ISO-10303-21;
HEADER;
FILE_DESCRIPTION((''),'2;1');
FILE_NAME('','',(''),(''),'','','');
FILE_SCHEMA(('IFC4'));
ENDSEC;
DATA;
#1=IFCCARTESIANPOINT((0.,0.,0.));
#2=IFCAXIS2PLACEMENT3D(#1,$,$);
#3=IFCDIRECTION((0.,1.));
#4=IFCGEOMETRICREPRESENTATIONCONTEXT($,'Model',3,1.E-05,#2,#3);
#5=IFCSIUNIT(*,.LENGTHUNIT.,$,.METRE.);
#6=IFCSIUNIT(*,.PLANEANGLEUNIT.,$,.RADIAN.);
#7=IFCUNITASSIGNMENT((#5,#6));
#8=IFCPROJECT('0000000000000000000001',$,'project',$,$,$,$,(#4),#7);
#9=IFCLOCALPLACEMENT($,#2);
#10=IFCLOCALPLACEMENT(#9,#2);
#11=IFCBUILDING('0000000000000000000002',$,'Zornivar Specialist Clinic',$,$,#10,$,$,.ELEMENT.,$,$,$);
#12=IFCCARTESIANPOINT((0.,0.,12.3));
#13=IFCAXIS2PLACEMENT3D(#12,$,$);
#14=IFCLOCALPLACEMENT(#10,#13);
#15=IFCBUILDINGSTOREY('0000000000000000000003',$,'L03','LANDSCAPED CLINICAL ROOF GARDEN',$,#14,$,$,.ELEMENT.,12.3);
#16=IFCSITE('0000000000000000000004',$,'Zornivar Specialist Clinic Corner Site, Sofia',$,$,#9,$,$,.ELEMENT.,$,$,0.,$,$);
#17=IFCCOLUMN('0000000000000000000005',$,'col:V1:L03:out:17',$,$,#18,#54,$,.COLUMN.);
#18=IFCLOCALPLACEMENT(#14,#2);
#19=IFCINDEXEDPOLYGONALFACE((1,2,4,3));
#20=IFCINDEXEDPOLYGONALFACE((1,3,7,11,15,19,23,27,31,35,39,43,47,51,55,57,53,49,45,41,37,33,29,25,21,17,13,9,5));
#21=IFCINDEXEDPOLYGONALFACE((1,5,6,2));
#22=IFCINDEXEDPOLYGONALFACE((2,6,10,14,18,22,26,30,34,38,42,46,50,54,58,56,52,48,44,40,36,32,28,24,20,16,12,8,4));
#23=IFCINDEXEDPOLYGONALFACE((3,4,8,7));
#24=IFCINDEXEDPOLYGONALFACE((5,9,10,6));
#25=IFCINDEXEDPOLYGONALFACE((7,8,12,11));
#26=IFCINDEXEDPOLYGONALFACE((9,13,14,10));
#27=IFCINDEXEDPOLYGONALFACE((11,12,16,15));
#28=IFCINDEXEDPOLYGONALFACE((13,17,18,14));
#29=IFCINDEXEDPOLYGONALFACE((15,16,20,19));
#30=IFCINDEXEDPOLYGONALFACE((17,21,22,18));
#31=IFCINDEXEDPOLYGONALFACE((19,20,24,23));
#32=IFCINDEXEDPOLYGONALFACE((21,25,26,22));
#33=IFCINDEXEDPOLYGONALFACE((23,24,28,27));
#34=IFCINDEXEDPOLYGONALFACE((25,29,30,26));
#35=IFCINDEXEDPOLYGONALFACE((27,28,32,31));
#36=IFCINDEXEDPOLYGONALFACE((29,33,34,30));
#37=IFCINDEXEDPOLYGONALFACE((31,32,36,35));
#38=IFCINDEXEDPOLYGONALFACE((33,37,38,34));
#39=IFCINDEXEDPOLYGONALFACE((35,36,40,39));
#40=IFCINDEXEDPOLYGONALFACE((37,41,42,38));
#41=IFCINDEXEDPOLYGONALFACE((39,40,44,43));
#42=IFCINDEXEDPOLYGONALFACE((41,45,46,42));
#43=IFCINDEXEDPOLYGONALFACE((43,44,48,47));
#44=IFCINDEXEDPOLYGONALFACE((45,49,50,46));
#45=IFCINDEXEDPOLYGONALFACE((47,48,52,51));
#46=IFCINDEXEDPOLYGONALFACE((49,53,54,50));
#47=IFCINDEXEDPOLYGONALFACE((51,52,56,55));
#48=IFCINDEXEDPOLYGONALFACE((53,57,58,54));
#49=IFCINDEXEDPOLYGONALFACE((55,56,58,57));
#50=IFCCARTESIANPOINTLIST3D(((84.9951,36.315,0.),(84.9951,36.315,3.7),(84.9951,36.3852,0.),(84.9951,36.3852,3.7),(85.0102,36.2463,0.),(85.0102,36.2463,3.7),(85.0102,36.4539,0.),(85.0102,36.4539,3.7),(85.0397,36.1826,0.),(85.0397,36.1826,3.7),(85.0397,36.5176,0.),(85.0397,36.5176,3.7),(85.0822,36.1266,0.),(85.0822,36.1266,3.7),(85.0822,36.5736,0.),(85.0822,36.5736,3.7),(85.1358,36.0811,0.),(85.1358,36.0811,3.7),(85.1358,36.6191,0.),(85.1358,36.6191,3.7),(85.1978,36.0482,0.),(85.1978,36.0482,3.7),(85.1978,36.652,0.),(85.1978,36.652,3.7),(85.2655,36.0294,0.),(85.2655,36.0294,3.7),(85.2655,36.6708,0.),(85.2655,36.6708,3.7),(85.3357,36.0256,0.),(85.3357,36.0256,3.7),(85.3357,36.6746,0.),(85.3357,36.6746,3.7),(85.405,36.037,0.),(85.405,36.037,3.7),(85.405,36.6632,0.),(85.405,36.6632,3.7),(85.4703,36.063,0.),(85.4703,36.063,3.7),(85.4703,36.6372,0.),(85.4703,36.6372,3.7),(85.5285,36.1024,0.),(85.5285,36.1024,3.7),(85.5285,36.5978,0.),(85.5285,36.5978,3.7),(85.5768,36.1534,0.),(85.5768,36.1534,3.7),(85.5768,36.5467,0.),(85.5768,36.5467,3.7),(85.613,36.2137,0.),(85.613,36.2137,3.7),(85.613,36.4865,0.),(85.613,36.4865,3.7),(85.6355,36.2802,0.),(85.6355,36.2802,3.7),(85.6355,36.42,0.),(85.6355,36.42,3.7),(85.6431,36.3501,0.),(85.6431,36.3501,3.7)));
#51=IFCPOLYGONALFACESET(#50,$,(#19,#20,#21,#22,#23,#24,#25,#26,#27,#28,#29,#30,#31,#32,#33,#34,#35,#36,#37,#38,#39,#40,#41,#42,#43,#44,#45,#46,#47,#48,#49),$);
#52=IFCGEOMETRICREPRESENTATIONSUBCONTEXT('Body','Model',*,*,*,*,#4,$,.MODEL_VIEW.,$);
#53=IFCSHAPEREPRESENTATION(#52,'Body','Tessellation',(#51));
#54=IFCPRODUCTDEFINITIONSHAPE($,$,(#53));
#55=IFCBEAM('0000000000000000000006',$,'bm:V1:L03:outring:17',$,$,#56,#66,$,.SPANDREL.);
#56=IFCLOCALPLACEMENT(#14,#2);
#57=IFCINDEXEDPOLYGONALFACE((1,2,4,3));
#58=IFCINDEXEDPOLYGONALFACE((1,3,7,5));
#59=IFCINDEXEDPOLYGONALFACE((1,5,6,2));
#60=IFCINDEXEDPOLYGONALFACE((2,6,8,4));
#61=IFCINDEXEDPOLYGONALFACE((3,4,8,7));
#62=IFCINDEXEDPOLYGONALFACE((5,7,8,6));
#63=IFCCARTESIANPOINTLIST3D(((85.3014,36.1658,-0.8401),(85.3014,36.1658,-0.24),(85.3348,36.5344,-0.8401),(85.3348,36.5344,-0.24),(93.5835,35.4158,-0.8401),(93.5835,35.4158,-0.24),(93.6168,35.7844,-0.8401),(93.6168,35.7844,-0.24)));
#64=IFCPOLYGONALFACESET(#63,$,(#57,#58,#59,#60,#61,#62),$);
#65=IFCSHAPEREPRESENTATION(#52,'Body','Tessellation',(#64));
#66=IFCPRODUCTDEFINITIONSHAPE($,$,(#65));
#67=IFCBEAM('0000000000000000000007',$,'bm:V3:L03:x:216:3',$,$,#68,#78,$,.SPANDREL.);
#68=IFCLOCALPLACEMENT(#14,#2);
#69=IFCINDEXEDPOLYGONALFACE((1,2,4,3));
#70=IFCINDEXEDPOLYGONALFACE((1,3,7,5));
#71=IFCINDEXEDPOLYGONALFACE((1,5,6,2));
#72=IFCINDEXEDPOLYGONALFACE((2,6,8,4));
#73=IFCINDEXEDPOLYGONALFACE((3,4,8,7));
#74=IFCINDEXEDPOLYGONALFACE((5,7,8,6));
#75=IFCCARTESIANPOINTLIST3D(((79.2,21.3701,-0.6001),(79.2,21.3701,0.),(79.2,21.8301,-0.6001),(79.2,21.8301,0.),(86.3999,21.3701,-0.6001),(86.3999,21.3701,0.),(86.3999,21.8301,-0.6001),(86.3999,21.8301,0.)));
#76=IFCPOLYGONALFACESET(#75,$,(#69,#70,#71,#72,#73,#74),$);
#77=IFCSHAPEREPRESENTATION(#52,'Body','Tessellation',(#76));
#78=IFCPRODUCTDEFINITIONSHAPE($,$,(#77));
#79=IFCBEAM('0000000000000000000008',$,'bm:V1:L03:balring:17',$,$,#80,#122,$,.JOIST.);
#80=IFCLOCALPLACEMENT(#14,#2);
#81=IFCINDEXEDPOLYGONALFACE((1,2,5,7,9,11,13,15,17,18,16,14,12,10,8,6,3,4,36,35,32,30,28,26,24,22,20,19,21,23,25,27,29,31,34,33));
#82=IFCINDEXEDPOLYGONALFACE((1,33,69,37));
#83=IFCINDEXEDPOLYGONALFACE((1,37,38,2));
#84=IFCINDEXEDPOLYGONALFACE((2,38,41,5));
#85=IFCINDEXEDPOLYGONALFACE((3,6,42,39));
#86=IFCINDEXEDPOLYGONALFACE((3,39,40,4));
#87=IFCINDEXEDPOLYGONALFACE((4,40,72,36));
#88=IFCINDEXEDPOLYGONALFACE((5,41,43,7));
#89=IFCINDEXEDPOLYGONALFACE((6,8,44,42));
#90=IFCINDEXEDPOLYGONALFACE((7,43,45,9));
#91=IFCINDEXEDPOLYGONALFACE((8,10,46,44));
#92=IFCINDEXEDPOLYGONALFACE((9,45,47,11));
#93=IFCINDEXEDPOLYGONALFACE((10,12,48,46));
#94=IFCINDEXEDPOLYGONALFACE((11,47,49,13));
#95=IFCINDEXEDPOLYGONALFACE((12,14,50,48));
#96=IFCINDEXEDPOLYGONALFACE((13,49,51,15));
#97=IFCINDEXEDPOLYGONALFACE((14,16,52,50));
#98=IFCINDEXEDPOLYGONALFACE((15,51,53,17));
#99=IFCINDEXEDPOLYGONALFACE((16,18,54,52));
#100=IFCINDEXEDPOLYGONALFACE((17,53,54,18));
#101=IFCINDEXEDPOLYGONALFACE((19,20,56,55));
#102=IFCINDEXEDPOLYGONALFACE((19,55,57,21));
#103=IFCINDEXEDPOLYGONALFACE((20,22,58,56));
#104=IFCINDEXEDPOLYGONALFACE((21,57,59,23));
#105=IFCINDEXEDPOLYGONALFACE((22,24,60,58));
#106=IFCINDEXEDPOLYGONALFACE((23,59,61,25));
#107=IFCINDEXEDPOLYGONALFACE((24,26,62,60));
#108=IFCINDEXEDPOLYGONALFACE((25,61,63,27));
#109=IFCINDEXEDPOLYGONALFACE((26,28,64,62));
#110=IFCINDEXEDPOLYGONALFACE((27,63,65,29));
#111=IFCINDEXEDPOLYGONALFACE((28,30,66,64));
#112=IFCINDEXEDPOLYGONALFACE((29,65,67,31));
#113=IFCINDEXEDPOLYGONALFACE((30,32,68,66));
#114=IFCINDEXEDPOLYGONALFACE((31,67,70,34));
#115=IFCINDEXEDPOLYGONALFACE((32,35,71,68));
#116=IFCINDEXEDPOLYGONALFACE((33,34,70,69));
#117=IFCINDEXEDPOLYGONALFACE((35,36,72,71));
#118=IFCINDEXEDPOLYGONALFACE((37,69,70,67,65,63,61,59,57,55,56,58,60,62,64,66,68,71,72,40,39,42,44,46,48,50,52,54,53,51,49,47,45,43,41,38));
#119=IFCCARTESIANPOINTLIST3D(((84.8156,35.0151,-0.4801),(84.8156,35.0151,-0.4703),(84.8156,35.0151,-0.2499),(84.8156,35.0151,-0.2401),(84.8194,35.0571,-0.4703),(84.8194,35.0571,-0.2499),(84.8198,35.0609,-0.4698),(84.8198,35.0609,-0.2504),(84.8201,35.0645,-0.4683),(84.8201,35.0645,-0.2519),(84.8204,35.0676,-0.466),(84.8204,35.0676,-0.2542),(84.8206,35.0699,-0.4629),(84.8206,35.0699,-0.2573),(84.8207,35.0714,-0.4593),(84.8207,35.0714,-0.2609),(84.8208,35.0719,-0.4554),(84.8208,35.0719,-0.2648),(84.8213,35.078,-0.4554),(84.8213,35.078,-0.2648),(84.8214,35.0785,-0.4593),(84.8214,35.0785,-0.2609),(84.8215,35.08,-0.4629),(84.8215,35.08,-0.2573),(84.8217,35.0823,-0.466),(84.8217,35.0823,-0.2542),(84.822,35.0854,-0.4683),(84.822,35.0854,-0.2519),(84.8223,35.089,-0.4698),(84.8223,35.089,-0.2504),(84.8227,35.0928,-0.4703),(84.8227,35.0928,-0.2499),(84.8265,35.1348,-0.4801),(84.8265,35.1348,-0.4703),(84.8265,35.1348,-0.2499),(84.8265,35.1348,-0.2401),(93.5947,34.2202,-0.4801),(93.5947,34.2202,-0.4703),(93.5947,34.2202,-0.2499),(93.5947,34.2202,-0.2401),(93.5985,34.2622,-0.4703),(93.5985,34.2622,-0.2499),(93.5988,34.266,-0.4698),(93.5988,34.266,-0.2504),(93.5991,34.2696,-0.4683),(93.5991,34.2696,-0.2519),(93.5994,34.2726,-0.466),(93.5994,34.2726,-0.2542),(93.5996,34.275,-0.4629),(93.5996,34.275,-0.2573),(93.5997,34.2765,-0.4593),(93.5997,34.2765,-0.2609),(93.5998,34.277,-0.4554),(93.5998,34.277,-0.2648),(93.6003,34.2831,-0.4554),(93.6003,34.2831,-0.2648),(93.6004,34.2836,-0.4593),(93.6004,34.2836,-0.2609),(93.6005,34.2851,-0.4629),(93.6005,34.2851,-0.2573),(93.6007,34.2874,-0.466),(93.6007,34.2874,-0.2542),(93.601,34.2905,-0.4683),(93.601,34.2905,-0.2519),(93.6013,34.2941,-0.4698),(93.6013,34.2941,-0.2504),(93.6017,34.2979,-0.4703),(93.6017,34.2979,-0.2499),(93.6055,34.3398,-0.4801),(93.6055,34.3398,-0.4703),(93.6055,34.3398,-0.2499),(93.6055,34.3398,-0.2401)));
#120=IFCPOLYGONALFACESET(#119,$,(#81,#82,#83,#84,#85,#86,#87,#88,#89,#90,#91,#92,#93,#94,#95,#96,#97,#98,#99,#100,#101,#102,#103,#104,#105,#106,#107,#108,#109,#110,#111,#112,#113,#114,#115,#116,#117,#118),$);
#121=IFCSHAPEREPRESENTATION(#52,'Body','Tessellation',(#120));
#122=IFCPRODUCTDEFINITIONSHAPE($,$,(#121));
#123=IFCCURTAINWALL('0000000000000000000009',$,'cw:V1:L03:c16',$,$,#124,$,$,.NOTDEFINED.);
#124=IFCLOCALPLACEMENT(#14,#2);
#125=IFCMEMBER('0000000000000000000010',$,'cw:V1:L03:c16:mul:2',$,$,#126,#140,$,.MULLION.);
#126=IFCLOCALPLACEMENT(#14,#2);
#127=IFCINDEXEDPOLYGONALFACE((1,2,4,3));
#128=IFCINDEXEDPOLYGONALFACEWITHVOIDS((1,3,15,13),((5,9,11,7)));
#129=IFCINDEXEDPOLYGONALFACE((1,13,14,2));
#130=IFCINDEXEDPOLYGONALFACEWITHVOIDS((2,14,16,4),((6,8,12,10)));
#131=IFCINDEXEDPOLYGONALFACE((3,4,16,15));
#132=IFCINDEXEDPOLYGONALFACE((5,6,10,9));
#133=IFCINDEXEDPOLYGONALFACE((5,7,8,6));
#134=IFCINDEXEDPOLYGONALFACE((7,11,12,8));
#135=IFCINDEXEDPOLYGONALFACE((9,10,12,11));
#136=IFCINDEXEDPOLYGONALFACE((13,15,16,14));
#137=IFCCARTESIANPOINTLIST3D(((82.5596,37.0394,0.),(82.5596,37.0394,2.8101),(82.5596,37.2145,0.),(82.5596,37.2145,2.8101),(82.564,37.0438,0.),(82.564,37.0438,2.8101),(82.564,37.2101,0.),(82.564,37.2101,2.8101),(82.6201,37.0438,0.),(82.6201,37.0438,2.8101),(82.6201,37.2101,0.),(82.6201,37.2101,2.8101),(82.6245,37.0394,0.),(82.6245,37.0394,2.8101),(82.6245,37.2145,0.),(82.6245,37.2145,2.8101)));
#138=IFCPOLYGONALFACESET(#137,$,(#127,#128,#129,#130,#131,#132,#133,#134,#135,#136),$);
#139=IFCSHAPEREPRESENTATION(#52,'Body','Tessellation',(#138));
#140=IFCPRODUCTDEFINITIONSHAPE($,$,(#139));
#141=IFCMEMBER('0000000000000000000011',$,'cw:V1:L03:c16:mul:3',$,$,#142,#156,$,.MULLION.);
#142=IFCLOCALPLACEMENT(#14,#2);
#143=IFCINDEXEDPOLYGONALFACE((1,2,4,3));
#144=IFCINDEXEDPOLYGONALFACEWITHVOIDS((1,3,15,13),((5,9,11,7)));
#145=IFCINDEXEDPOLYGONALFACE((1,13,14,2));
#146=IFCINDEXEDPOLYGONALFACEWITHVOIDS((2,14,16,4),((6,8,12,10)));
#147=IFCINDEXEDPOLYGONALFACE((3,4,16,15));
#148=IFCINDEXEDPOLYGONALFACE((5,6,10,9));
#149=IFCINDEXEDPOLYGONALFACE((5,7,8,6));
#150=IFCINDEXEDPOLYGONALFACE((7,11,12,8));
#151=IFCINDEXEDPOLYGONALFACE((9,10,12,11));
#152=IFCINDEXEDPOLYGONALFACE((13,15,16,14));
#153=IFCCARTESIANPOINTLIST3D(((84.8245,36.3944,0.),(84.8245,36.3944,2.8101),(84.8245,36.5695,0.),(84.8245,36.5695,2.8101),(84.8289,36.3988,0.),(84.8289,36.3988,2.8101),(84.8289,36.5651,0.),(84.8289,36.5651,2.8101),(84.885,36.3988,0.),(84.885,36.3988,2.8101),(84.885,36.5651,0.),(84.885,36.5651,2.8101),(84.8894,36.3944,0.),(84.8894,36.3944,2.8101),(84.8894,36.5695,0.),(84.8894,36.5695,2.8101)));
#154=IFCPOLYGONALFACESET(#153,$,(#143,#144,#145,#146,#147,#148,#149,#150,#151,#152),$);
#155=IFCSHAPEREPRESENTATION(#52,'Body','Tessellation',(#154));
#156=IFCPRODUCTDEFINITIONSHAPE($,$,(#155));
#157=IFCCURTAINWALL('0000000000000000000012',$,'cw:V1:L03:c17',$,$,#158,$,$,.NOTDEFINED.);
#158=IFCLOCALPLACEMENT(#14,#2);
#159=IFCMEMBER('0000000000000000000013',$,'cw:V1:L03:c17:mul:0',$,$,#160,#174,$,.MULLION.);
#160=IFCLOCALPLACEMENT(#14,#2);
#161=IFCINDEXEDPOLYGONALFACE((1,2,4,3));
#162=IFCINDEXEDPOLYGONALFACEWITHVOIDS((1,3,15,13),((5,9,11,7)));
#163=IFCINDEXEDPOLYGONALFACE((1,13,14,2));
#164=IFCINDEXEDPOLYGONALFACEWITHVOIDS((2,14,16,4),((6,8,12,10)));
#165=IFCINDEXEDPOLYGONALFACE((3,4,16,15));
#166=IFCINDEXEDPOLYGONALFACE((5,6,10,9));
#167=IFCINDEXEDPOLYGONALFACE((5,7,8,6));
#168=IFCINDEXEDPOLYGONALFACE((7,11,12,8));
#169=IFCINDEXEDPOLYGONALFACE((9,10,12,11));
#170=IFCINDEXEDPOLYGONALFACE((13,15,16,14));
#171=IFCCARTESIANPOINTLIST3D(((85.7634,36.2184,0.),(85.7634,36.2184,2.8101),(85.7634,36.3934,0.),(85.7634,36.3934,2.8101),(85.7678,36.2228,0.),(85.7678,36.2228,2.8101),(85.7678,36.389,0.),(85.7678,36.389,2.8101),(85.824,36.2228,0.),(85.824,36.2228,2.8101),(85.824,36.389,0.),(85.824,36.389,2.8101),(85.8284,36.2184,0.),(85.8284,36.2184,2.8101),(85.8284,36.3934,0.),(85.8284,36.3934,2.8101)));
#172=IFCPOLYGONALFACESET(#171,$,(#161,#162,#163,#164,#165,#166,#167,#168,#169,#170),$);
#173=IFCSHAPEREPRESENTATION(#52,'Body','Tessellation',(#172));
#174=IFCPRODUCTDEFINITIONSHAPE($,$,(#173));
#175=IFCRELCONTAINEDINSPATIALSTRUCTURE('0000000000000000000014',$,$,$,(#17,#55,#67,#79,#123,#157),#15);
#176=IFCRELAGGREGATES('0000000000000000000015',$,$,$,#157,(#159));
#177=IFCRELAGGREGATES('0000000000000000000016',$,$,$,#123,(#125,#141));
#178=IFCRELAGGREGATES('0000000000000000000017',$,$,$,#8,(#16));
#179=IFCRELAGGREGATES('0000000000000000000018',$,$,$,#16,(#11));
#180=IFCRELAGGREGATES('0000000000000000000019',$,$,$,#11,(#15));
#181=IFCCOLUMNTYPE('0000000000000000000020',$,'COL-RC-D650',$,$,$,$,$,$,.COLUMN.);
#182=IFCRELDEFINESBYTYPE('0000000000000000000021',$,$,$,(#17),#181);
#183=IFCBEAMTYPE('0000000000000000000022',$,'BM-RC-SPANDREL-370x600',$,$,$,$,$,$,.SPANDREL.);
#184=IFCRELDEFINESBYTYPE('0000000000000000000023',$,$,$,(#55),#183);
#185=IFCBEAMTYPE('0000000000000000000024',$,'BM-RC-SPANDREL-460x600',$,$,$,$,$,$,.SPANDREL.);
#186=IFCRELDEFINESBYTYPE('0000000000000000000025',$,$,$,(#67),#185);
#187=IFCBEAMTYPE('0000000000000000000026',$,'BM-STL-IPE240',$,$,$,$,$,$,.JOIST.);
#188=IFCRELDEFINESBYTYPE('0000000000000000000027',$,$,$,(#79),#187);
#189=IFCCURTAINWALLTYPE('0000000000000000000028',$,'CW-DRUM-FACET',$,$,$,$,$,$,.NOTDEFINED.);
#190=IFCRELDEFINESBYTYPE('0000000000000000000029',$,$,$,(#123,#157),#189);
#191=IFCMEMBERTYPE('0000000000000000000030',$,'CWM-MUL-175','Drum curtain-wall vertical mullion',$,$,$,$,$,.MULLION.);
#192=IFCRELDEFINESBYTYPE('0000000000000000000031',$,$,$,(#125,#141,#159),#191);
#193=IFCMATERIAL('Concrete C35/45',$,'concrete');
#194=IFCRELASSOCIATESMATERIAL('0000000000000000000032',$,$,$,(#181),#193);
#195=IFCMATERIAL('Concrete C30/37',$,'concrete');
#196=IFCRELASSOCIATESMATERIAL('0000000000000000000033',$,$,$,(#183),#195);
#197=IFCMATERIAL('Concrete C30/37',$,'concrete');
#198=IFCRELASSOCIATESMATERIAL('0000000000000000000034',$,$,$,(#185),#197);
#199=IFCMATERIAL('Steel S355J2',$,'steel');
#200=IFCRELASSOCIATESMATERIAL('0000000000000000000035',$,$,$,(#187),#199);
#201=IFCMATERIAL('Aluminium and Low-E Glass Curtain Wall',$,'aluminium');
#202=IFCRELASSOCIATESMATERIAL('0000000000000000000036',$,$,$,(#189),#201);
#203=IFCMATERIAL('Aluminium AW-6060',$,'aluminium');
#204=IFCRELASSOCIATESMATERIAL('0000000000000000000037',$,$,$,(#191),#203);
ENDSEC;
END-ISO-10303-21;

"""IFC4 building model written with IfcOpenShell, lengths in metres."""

from ifc_helpers import new_model, si_unit, direction, frame, origin, origin_2d, place, context, subcontext, project, spatial, rectangle, hollow_rectangle, circle, i_section, extrude, material, material_profile, profile_set, type_object, element, aggregate, save


model = new_model("IFC4")

# Units and contexts
model_context = context("Model", 3, precision=1e-05, world=origin(), true_north=direction((0.0, 1.0)))
body_context = subcontext(model_context, "Body", "Model", "MODEL_VIEW")
ifc_project = project(units=[si_unit("LENGTHUNIT", "METRE"), si_unit("PLANEANGLEUNIT", "RADIAN")], contexts=[model_context])

# Site, building, storey
site_placement = place(None, origin())
site = spatial("IfcSite", under=ifc_project, at=site_placement, Name="Zornivar Specialist Clinic Corner Site, Sofia", CompositionType="ELEMENT", RefElevation=0.0)
building_placement = place(site_placement, origin())
building = spatial("IfcBuilding", under=site, at=building_placement, Name="Zornivar Specialist Clinic", CompositionType="ELEMENT")
storey_placement = place(building_placement, frame((0.0, 0.0, 12.3)))
storey = spatial("IfcBuildingStorey", under=building, at=storey_placement, Name="L03", Description="LANDSCAPED CLINICAL ROOF GARDEN", CompositionType="ELEMENT", Elevation=12.3)

# Column
ifc_material_1 = material(Name="Concrete C35/45", Category="concrete")
ifc_material_profile_1 = material_profile(ifc_material_1, circle(Radius=0.325, at=origin_2d()), Name="RC D650")
ifc_profile_set_1 = profile_set([ifc_material_profile_1], Name="Concrete C35/45")
column_type = type_object("IfcColumnType", Name="COL-RC-D650", PredefinedType="COLUMN", material=ifc_profile_set_1)
column_placement = place(storey_placement, frame((85.3181, 36.3501, 0.0), z_axis=(0.0, 0.0, 1.0), x_axis=(1.0, 0.0, 0.0)))
element("IfcColumn", 1, at=column_placement, inside=storey, type_object=column_type, Name="col:V1:L03:out:17", PredefinedType="COLUMN", context=body_context, shape_type="SweptSolid", body=[
    extrude(circle(Radius=0.325, at=origin_2d()), origin(), (0.0, 0.0, 1.0), 3.7),
])

# Beams
ifc_material_2 = material(Name="Concrete C30/37", Category="concrete")
ifc_material_profile_2 = material_profile(ifc_material_2, rectangle(XDim=0.3701, YDim=0.6001, at=origin_2d()), Name="RC 370x600")
ifc_profile_set_2 = profile_set([ifc_material_profile_2], Name="Concrete C30/37")
beam_type_1 = type_object("IfcBeamType", Name="BM-RC-SPANDREL-370x600", PredefinedType="SPANDREL", material=ifc_profile_set_2)
beam_1_placement = place(storey_placement, frame((85.3181, 36.3501, -0.54), z_axis=(0.995925, -0.090189, 0.0), x_axis=(0.090189, 0.995925, 0.0)))
element("IfcBeam", 2, at=beam_1_placement, inside=storey, type_object=beam_type_1, Name="bm:V1:L03:outring:17", PredefinedType="SPANDREL", context=body_context, shape_type="SweptSolid", body=[
    extrude(rectangle(XDim=0.3701, YDim=0.6001, at=origin_2d()), origin(), (0.0, 0.0, 1.0), 8.3159),
])
ifc_material_3 = material(Name="Concrete C30/37", Category="concrete")
ifc_material_profile_3 = material_profile(ifc_material_3, rectangle(XDim=0.46, YDim=0.6001, at=origin_2d()), Name="RC 460x600")
ifc_profile_set_3 = profile_set([ifc_material_profile_3], Name="Concrete C30/37")
beam_type_2 = type_object("IfcBeamType", Name="BM-RC-SPANDREL-460x600", PredefinedType="SPANDREL", material=ifc_profile_set_3)
beam_2_placement = place(storey_placement, frame((79.2, 21.6001, -0.3), z_axis=(1.0, 0.0, 0.0), x_axis=(0.0, 1.0, 0.0)))
element("IfcBeam", 3, at=beam_2_placement, inside=storey, type_object=beam_type_2, Name="bm:V3:L03:x:216:3", PredefinedType="SPANDREL", context=body_context, shape_type="SweptSolid", body=[
    extrude(rectangle(XDim=0.46, YDim=0.6001, at=origin_2d()), origin(), (0.0, 0.0, 1.0), 7.2),
])
ifc_material_4 = material(Name="Steel S355J2", Category="steel")
ifc_material_profile_4 = material_profile(ifc_material_4, i_section(OverallWidth=0.1201, OverallDepth=0.24, WebThickness=0.0061, FlangeThickness=0.0098, FilletRadius=0.0149, at=origin_2d()), Name="IPE 240")
ifc_profile_set_4 = profile_set([ifc_material_profile_4], Name="Steel S355J2")
beam_type_3 = type_object("IfcBeamType", Name="BM-STL-IPE240", PredefinedType="JOIST", material=ifc_profile_set_4)
beam_3_placement = place(storey_placement, frame((84.821, 35.075, -0.3601), z_axis=(0.995926, -0.090179, 0.0), x_axis=(0.090179, 0.995926, 0.0)))
element("IfcBeam", 4, at=beam_3_placement, inside=storey, type_object=beam_type_3, Name="bm:V1:L03:balring:17", PredefinedType="JOIST", context=body_context, shape_type="SweptSolid", body=[
    extrude(i_section(OverallWidth=0.1201, OverallDepth=0.24, WebThickness=0.0061, FlangeThickness=0.0098, FilletRadius=0.0149, at=origin_2d()), origin(), (0.0, 0.0, 1.0), 8.8149),
])

# Curtain walls, members
ifc_material_5 = material(Name="Aluminium and Low-E Glass Curtain Wall", Category="aluminium")
curtain_wall_type = type_object("IfcCurtainWallType", Name="CW-DRUM-FACET", PredefinedType="NOTDEFINED", material=ifc_material_5)
curtain_wall_1_placement = place(storey_placement, origin())
curtain_wall_1 = element("IfcCurtainWall", 5, at=curtain_wall_1_placement, inside=storey, type_object=curtain_wall_type, Name="cw:V1:L03:c16", PredefinedType="NOTDEFINED")
ifc_material_6 = material(Name="Aluminium AW-6060", Category="aluminium")
ifc_material_profile_5 = material_profile(ifc_material_6, hollow_rectangle(XDim=0.0649, YDim=0.175, WallThickness=0.0044, at=origin_2d()), Name="ALU 65x175x4.5")
ifc_profile_set_5 = profile_set([ifc_material_profile_5], Name="Aluminium AW-6060")
member_type_1 = type_object("IfcMemberType", Name="CWM-MUL-175", Description="Drum curtain-wall vertical mullion", PredefinedType="MULLION", material=ifc_profile_set_5)
member_1_placement = place(storey_placement, frame((82.592, 37.127, 0.0), z_axis=(0.0, 0.0, 1.0), x_axis=(1.0, 0.0, 0.0)))
member_1 = element("IfcMember", 6, at=member_1_placement, type_object=member_type_1, Name="cw:V1:L03:c16:mul:2", PredefinedType="MULLION", context=body_context, shape_type="SweptSolid", body=[
    extrude(hollow_rectangle(XDim=0.0649, YDim=0.175, WallThickness=0.0044, at=origin_2d()), origin(), (0.0, 0.0, 1.0), 2.8101),
])
member_2_placement = place(storey_placement, frame((84.8569, 36.4819, 0.0), z_axis=(0.0, 0.0, 1.0), x_axis=(1.0, 0.0, 0.0)))
member_2 = element("IfcMember", 7, at=member_2_placement, type_object=member_type_1, Name="cw:V1:L03:c16:mul:3", PredefinedType="MULLION", context=body_context, shape_type="SweptSolid", body=[
    extrude(hollow_rectangle(XDim=0.0649, YDim=0.175, WallThickness=0.0044, at=origin_2d()), origin(), (0.0, 0.0, 1.0), 2.8101),
])
curtain_wall_2_placement = place(storey_placement, origin())
curtain_wall_2 = element("IfcCurtainWall", 8, at=curtain_wall_2_placement, inside=storey, type_object=curtain_wall_type, Name="cw:V1:L03:c17", PredefinedType="NOTDEFINED")
member_3_placement = place(storey_placement, frame((85.7959, 36.3059, 0.0), z_axis=(0.0, 0.0, 1.0), x_axis=(1.0, 0.0, 0.0)))
member_3 = element("IfcMember", 9, at=member_3_placement, type_object=member_type_1, Name="cw:V1:L03:c17:mul:0", PredefinedType="MULLION", context=body_context, shape_type="SweptSolid", body=[
    extrude(hollow_rectangle(XDim=0.0649, YDim=0.175, WallThickness=0.0044, at=origin_2d()), origin(), (0.0, 0.0, 1.0), 2.8101),
])
aggregate(curtain_wall_2, [member_3])

aggregate(curtain_wall_1, [member_1, member_2])

save(model, "model.ifc")
